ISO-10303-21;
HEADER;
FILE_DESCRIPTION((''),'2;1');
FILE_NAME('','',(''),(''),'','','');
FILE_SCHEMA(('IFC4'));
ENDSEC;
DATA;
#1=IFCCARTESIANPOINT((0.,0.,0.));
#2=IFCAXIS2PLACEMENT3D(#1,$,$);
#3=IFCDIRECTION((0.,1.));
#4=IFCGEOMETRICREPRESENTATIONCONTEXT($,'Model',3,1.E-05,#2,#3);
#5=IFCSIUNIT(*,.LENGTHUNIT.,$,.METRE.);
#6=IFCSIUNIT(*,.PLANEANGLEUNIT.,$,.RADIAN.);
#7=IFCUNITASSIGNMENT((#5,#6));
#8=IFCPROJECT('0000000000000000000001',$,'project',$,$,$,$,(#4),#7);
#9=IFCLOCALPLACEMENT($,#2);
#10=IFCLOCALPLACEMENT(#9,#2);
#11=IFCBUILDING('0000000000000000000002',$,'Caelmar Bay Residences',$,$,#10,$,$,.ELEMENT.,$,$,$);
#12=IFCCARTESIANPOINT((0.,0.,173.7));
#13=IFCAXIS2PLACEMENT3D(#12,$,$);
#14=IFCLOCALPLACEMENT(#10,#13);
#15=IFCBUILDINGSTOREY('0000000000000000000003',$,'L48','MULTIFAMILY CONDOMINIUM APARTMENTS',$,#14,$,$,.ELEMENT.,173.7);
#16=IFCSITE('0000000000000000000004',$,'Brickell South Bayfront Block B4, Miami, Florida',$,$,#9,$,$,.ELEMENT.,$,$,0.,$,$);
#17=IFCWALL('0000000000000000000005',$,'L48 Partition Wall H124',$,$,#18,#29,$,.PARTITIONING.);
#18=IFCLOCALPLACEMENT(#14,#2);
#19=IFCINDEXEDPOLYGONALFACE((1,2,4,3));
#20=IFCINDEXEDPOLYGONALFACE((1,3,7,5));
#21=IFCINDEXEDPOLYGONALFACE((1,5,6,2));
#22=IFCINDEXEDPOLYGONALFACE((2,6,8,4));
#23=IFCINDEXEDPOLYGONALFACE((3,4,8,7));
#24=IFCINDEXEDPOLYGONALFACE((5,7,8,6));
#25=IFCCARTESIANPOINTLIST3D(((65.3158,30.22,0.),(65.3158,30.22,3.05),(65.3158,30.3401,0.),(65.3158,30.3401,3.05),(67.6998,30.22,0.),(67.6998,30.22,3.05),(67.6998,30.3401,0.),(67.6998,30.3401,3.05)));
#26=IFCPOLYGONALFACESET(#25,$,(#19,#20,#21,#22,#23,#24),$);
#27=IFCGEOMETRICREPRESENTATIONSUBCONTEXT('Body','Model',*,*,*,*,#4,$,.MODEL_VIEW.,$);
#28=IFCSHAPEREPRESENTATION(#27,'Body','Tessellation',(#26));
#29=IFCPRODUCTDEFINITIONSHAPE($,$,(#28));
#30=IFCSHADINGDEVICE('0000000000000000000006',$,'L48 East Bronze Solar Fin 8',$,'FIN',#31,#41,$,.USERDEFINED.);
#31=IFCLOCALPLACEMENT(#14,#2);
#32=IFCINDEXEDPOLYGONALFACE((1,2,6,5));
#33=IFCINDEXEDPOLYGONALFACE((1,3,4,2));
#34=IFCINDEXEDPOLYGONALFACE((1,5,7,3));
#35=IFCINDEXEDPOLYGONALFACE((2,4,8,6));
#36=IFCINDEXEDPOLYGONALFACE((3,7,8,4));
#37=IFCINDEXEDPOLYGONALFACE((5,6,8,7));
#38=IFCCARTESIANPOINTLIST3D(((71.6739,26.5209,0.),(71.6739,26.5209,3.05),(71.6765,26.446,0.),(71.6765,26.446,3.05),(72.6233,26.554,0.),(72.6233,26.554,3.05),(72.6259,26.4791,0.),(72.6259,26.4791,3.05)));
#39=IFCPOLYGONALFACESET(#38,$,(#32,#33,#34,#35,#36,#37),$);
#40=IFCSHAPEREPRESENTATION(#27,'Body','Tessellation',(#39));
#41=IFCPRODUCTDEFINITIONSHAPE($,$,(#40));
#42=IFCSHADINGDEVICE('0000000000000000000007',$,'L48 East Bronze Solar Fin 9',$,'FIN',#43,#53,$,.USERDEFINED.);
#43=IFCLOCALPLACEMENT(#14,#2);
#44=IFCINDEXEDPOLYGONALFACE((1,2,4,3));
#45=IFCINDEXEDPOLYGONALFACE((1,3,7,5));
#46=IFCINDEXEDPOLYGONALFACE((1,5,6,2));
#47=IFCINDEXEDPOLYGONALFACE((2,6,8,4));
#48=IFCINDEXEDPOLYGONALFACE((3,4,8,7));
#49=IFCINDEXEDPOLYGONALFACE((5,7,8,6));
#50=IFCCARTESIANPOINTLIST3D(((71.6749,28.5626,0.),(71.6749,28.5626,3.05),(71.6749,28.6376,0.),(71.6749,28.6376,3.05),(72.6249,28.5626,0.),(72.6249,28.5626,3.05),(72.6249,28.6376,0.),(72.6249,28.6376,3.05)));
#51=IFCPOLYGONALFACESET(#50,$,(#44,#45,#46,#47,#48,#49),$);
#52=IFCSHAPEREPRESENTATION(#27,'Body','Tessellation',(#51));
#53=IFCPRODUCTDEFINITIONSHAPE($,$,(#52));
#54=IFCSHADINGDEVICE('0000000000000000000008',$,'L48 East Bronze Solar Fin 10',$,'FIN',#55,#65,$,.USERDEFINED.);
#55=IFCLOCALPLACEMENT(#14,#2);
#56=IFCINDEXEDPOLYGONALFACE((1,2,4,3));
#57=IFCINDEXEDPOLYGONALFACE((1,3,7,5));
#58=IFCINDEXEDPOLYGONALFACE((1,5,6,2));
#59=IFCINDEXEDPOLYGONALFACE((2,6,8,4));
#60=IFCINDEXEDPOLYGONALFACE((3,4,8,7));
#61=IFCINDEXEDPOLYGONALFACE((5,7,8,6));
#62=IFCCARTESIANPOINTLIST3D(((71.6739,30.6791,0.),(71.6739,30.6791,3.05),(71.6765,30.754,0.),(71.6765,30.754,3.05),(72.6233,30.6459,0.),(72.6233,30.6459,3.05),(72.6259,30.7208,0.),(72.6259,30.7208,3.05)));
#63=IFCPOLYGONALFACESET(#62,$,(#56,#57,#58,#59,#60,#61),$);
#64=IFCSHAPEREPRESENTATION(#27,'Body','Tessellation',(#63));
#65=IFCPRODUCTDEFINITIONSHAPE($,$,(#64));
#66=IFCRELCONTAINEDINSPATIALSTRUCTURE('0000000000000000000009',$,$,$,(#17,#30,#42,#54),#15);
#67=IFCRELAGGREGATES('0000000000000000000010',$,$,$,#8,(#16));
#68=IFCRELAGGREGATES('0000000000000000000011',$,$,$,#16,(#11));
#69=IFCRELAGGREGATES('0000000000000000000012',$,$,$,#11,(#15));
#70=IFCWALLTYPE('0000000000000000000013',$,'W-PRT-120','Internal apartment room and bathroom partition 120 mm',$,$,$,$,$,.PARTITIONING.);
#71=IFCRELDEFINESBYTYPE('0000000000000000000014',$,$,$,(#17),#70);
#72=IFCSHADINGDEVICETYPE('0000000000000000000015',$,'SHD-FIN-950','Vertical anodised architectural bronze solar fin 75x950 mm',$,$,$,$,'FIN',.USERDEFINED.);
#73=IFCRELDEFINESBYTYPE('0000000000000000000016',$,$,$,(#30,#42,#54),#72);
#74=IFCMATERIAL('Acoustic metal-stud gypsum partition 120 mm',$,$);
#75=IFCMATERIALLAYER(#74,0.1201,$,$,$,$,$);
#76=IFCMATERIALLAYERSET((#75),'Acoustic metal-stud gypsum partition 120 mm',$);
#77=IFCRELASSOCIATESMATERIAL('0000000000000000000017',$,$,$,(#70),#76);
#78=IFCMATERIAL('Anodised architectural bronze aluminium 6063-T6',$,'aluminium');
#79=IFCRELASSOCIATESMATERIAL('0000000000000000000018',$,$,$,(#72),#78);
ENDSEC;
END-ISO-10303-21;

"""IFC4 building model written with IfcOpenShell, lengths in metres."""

from ifc_helpers import new_model, si_unit, direction, frame, frame_2d, origin, origin_2d, place, context, subcontext, project, spatial, rectangle, extrude, material, layer, layer_set, material_profile, profile_set, type_object, element, save


model = new_model("IFC4")

# Units and contexts
model_context = context("Model", 3, precision=1e-05, world=origin(), true_north=direction((0.0, 1.0)))
body_context = subcontext(model_context, "Body", "Model", "MODEL_VIEW")
ifc_project = project(units=[si_unit("LENGTHUNIT", "METRE"), si_unit("PLANEANGLEUNIT", "RADIAN")], contexts=[model_context])

# Site, building, storey
site_placement = place(None, origin())
site = spatial("IfcSite", under=ifc_project, at=site_placement, Name="Brickell South Bayfront Block B4, Miami, Florida", CompositionType="ELEMENT", RefElevation=0.0)
building_placement = place(site_placement, origin())
building = spatial("IfcBuilding", under=site, at=building_placement, Name="Caelmar Bay Residences", CompositionType="ELEMENT")
storey_placement = place(building_placement, frame((0.0, 0.0, 173.7)))
storey = spatial("IfcBuildingStorey", under=building, at=storey_placement, Name="L48", Description="MULTIFAMILY CONDOMINIUM APARTMENTS", CompositionType="ELEMENT", Elevation=173.7)

# Shared definitions
ifc_material_1 = material(Name="Acoustic metal-stud gypsum partition 120 mm")
ifc_layer_1 = layer(ifc_material_1, 0.1201)
ifc_layer_set_1 = layer_set([ifc_layer_1], Name="Acoustic metal-stud gypsum partition 120 mm")
wall_type = type_object("IfcWallType", Name="W-PRT-120", Description="Internal apartment room and bathroom partition 120 mm", PredefinedType="PARTITIONING", material=ifc_layer_set_1)

# Wall
wall_1_placement = place(storey_placement, frame((65.3159, 30.28, 0.0), z_axis=(0.0, 0.0, 1.0), x_axis=(1.0, 0.0, 0.0)))
element("IfcWall", 1, at=wall_1_placement, inside=storey, type_object=wall_type, Name="L48 Partition Wall H124", PredefinedType="PARTITIONING", context=body_context, shape_type="SweptSolid", body=[
    extrude(rectangle(XDim=2.384, YDim=0.1201, at=frame_2d((1.1919, 0.0))), origin(), (0.0, 0.0, 1.0), 3.05),
])

# Shading devices
ifc_material_2 = material(Name="Anodised architectural bronze aluminium 6063-T6", Category="aluminium")
ifc_material_profile_1 = material_profile(ifc_material_2, rectangle(XDim=0.075, YDim=0.95, at=origin_2d()), Name="BRONZE-FIN-75X950")
ifc_profile_set_1 = profile_set([ifc_material_profile_1], Name="Anodised architectural bronze aluminium 6063-T6")
shading_device_type = type_object("IfcShadingDeviceType", Name="SHD-FIN-950", Description="Vertical anodised architectural bronze solar fin 75x950 mm", ElementType="FIN", PredefinedType="USERDEFINED", material=ifc_profile_set_1)
for number, where, z_axis, x_axis, name in (
    (2, (72.1499, 26.5, 0.0), (0.0, 0.0, 1.0), (-0.034899, 0.999391, 0.0), "L48 East Bronze Solar Fin 8"),
    (3, (72.1499, 28.6001, 0.0), (0.0, 0.0, 1.0), (0.0, 1.0, 0.0), "L48 East Bronze Solar Fin 9"),
    (4, (72.1499, 30.7, 0.0), (0.0, 0.0, 1.0), (0.034899, 0.999391, 0.0), "L48 East Bronze Solar Fin 10"),
):
    element("IfcShadingDevice", number, at=place(storey_placement, frame(where, z_axis=z_axis, x_axis=x_axis)), inside=storey, type_object=shading_device_type, Name=name, ObjectType="FIN", PredefinedType="USERDEFINED", context=body_context, shape_type="SweptSolid", body=[
        extrude(rectangle(XDim=0.075, YDim=0.95, at=origin_2d()), origin(), (0.0, 0.0, 1.0), 3.05),
    ])

save(model, "model.ifc")
